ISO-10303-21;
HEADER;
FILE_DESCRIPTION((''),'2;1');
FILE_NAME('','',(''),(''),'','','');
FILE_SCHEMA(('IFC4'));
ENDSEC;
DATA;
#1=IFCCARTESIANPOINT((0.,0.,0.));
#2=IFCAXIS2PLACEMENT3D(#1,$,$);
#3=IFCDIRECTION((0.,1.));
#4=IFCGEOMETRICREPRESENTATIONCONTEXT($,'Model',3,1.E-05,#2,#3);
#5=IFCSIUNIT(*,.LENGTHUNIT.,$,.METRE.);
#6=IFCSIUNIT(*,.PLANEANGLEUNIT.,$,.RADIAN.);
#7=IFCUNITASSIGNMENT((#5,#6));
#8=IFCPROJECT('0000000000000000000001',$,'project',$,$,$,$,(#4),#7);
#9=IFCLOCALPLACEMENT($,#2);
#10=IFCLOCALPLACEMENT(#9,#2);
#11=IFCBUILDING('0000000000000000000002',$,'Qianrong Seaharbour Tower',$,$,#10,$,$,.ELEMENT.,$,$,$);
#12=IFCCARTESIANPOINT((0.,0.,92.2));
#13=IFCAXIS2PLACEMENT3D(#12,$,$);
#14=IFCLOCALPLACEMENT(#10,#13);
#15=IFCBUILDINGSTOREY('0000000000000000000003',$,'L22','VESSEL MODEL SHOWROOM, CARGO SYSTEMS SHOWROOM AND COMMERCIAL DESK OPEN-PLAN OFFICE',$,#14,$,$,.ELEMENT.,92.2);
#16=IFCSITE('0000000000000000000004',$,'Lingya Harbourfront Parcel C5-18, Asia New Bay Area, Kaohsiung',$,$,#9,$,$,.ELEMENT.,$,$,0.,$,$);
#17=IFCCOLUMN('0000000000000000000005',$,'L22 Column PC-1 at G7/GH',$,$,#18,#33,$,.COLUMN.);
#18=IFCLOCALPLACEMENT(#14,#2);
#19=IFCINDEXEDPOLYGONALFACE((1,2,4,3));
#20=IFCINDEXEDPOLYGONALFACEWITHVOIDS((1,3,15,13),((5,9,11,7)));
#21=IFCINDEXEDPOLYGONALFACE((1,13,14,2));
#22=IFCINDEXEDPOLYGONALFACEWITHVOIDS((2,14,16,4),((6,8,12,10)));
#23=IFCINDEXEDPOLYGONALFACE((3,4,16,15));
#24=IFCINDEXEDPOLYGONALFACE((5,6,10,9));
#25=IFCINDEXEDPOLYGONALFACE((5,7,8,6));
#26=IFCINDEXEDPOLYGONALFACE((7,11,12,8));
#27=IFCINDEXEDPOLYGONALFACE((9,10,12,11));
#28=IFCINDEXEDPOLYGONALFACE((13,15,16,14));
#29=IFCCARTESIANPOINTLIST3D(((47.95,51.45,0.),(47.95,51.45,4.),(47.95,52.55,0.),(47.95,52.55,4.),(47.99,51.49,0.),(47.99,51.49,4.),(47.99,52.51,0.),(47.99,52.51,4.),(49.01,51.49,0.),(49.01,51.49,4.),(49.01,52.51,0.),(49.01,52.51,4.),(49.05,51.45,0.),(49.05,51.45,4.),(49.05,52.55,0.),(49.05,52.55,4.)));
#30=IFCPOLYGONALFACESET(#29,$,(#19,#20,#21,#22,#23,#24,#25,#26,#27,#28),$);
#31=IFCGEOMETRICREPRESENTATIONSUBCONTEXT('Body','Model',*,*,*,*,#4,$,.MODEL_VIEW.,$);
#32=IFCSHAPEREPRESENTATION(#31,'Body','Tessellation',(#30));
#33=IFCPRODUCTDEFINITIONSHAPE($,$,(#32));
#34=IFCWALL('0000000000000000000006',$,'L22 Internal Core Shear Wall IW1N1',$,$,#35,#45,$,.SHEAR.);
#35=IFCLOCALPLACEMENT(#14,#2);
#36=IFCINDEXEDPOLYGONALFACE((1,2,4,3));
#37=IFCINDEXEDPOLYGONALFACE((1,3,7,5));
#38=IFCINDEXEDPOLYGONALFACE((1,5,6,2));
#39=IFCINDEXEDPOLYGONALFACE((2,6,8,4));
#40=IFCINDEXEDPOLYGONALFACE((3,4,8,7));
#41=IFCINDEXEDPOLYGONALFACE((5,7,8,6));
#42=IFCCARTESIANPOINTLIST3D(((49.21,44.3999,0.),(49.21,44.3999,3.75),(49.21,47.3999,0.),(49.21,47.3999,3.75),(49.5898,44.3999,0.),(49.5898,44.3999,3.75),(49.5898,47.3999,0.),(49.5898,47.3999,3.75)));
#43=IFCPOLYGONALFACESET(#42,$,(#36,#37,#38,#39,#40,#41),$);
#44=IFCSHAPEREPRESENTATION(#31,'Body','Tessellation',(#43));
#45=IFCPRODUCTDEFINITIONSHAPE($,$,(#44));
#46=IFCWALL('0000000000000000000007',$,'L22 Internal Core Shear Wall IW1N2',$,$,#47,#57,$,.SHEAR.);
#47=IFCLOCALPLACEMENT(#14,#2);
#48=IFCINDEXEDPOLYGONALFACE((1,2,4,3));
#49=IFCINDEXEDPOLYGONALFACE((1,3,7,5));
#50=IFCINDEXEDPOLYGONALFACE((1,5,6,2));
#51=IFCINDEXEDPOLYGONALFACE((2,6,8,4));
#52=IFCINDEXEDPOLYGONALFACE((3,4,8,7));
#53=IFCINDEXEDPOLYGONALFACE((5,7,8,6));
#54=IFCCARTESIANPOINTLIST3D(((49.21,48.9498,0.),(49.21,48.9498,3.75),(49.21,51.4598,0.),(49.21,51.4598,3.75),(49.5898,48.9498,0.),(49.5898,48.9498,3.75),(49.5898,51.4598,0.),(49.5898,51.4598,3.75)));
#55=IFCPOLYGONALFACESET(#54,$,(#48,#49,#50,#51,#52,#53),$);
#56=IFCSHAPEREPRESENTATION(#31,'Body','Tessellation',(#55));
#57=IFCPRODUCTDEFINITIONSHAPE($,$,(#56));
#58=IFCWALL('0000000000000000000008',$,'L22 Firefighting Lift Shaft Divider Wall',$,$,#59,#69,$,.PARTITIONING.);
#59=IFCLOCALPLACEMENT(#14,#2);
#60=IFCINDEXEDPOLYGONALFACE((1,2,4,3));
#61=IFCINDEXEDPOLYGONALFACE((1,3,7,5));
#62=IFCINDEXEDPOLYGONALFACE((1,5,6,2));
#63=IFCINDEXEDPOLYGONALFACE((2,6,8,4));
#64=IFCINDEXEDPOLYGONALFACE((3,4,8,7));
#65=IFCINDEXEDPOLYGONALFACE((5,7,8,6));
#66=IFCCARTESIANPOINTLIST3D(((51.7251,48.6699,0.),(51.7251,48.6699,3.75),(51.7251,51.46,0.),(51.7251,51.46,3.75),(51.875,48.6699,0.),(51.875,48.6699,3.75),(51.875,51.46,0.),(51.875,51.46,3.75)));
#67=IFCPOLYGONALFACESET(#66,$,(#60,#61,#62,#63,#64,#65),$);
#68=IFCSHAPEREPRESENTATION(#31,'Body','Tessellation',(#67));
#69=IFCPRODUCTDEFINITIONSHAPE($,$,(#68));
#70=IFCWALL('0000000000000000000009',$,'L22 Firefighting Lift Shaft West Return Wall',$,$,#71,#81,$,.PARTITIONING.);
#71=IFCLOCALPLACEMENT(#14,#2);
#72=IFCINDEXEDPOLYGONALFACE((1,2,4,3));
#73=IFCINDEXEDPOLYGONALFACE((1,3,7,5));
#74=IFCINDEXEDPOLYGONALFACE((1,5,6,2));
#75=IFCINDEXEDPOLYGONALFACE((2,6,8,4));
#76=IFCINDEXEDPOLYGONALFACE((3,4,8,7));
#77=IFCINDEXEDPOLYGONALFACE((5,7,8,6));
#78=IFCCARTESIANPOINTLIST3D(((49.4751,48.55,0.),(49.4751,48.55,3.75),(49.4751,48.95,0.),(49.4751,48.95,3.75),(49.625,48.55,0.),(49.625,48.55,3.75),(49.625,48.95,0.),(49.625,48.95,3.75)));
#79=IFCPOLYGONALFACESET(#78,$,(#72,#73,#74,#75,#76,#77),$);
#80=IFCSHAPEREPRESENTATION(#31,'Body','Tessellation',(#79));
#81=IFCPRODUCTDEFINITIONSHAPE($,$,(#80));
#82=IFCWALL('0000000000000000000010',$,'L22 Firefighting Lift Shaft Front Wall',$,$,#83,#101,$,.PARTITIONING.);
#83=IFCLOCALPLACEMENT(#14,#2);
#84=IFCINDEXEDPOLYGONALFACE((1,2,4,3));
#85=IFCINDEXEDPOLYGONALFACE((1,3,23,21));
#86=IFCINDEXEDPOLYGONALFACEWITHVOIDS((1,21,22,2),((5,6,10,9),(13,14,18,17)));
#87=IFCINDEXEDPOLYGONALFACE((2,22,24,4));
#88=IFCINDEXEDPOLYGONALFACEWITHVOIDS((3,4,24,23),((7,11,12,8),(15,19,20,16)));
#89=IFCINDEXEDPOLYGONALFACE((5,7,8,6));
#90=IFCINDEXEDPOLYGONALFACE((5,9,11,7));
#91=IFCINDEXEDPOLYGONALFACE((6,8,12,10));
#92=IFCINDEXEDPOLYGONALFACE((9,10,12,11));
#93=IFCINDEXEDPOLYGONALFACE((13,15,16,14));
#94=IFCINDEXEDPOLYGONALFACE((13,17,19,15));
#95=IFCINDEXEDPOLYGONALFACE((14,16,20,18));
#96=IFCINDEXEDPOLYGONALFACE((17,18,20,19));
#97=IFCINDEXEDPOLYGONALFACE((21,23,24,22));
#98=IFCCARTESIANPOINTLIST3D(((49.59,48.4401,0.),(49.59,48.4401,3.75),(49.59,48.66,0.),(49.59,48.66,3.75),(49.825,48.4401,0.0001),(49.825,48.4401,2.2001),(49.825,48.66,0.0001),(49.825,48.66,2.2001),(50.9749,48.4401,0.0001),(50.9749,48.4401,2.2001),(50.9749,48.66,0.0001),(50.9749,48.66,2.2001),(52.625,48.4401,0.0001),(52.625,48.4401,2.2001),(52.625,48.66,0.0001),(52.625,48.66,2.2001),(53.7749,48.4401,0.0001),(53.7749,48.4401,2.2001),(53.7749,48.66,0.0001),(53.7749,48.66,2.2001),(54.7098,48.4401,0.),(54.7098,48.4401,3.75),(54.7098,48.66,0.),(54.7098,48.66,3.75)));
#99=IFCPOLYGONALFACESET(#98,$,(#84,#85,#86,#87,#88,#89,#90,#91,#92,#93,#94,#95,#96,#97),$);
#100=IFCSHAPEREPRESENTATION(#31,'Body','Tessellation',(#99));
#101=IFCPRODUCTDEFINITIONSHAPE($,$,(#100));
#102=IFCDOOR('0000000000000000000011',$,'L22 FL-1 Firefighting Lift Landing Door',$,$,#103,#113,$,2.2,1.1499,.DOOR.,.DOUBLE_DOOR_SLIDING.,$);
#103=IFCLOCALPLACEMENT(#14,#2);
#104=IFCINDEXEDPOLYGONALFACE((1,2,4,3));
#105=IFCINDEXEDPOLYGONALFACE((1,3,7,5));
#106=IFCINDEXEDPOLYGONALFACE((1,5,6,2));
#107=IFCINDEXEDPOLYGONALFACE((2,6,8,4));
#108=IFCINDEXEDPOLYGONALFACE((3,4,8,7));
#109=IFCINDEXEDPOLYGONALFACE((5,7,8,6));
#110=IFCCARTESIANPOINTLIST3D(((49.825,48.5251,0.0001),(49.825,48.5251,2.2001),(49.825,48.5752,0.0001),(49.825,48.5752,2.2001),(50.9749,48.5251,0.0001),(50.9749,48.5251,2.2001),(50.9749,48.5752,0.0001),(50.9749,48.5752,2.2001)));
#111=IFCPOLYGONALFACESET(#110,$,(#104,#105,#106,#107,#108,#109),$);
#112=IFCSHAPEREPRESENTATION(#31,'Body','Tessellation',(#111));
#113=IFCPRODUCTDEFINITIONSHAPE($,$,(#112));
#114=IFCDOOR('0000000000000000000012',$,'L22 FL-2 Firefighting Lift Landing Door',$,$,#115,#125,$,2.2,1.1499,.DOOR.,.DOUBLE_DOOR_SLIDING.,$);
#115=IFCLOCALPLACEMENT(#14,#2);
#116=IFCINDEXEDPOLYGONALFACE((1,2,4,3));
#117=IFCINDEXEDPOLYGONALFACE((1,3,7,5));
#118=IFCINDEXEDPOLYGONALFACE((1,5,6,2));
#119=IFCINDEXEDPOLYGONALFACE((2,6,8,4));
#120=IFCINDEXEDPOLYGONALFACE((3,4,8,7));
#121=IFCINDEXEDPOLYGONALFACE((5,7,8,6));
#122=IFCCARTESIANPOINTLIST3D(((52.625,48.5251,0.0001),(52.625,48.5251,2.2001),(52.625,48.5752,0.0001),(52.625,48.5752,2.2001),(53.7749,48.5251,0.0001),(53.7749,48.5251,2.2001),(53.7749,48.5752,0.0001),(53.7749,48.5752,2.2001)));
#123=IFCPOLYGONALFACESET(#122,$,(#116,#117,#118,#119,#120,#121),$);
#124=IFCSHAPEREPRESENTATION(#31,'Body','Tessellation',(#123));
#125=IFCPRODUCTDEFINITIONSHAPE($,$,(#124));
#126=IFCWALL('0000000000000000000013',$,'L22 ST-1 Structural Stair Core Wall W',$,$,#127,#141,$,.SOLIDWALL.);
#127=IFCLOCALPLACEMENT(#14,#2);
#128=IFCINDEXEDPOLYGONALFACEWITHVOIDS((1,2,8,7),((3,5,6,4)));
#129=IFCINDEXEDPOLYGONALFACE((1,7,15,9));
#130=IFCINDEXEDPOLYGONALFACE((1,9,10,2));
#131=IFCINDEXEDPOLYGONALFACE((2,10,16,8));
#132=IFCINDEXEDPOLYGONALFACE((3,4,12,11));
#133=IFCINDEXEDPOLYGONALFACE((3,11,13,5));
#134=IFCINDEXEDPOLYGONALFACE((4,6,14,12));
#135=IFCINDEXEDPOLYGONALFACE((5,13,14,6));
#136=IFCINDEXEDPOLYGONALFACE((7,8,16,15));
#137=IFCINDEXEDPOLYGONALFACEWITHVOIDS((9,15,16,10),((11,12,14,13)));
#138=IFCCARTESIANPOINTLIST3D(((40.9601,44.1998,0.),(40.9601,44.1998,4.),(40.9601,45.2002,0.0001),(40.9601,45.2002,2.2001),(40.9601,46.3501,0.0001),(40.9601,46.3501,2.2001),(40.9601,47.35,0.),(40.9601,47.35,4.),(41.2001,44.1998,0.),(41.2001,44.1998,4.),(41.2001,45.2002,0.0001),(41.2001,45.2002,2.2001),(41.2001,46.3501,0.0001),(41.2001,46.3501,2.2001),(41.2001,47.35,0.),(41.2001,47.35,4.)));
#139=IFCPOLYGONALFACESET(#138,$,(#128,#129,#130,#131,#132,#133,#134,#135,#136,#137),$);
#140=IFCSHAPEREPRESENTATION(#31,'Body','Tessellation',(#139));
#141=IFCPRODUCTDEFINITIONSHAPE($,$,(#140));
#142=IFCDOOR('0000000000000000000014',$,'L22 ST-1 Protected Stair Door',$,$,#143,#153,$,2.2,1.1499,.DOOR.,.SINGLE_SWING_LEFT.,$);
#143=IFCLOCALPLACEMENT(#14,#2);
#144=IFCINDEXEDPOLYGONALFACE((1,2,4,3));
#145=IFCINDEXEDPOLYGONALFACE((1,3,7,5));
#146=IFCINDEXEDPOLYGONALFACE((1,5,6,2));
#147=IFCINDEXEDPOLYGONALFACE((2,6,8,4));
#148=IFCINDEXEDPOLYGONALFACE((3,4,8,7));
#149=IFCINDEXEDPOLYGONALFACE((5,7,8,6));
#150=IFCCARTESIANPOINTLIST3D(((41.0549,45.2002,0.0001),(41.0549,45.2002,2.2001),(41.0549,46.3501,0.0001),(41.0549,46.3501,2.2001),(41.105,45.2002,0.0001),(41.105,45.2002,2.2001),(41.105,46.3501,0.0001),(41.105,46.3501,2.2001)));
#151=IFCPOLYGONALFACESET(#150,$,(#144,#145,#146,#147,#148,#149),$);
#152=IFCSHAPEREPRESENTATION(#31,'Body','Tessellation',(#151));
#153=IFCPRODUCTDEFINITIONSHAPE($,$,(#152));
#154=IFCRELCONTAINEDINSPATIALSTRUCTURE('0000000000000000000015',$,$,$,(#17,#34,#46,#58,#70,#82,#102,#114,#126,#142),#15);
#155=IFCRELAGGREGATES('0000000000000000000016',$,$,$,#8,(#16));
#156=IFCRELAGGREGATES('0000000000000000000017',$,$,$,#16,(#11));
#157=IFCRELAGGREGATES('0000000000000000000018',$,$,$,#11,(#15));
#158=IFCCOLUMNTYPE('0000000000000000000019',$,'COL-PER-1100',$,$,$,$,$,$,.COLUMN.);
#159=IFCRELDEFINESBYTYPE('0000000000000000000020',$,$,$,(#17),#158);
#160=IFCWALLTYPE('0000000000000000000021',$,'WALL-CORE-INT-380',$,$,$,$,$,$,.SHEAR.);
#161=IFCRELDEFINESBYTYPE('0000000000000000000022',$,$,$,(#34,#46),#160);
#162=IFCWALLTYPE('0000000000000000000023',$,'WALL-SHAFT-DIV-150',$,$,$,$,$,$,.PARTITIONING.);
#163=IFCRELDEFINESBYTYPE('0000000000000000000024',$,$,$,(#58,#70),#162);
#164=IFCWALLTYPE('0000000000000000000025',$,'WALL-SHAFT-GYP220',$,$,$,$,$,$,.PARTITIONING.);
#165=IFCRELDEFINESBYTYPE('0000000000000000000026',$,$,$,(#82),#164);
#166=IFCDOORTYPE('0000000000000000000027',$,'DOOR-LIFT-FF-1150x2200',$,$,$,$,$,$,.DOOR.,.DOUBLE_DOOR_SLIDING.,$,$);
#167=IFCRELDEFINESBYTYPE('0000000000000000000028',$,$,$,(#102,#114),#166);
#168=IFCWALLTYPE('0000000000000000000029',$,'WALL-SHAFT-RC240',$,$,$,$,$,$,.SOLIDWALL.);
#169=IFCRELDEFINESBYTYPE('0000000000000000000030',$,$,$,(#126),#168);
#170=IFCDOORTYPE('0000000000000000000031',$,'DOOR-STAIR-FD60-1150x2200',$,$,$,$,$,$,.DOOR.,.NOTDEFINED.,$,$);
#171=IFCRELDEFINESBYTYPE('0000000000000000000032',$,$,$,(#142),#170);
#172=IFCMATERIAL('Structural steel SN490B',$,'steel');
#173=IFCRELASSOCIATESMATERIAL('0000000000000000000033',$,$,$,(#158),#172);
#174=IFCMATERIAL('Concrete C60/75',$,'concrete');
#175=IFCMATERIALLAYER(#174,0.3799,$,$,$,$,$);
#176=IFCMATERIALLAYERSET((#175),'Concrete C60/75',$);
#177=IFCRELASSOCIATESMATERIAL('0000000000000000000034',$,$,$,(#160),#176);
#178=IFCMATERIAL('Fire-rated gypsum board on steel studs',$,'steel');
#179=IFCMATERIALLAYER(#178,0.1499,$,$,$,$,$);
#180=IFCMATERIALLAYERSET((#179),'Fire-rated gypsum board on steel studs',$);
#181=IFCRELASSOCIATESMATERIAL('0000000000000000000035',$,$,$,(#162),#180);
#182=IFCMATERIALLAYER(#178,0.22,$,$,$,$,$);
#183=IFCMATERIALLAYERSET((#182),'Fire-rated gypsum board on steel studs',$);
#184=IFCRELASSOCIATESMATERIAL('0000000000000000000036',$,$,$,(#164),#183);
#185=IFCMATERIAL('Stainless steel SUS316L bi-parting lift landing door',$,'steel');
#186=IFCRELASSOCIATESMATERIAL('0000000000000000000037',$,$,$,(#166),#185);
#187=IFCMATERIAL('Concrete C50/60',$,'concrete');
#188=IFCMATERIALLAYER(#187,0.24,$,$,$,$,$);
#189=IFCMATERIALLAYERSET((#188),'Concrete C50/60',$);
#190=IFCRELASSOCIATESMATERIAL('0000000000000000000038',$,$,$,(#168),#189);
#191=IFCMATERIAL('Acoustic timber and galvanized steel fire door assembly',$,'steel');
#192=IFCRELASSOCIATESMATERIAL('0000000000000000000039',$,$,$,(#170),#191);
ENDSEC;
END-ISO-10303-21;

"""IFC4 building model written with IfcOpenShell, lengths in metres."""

from ifc_helpers import new_model, si_unit, direction, frame, frame_2d, origin, origin_2d, place, context, subcontext, project, spatial, rectangle, hollow_rectangle, extrude, material, layer, layer_set, material_profile, profile_set, type_object, element, fill, save


model = new_model("IFC4")

# Units and contexts
model_context = context("Model", 3, precision=1e-05, world=origin(), true_north=direction((0.0, 1.0)))
body_context = subcontext(model_context, "Body", "Model", "MODEL_VIEW")
ifc_project = project(units=[si_unit("LENGTHUNIT", "METRE"), si_unit("PLANEANGLEUNIT", "RADIAN")], contexts=[model_context])

# Site, building, storey
site_placement = place(None, origin())
site = spatial("IfcSite", under=ifc_project, at=site_placement, Name="Lingya Harbourfront Parcel C5-18, Asia New Bay Area, Kaohsiung", CompositionType="ELEMENT", RefElevation=0.0)
building_placement = place(site_placement, origin())
building = spatial("IfcBuilding", under=site, at=building_placement, Name="Qianrong Seaharbour Tower", CompositionType="ELEMENT")
storey_placement = place(building_placement, frame((0.0, 0.0, 92.2)))
storey = spatial("IfcBuildingStorey", under=building, at=storey_placement, Name="L22", Description="VESSEL MODEL SHOWROOM, CARGO SYSTEMS SHOWROOM AND COMMERCIAL DESK OPEN-PLAN OFFICE", CompositionType="ELEMENT", Elevation=92.2)

# Column
ifc_material_1 = material(Name="Structural steel SN490B", Category="steel")
ifc_material_profile = material_profile(ifc_material_1, hollow_rectangle(XDim=1.1001, YDim=1.1001, WallThickness=0.04, at=origin_2d()), Name="BOX1100x1100x40")
ifc_profile_set = profile_set([ifc_material_profile], Name="Structural steel SN490B")
column_type = type_object("IfcColumnType", Name="COL-PER-1100", PredefinedType="COLUMN", material=ifc_profile_set)
column_placement = place(storey_placement, frame((48.5, 52.0, 0.0), z_axis=(0.0, 0.0, 1.0), x_axis=(1.0, 0.0, 0.0)))
element("IfcColumn", 1, at=column_placement, inside=storey, type_object=column_type, Name="L22 Column PC-1 at G7/GH", PredefinedType="COLUMN", context=body_context, shape_type="SweptSolid", body=[
    extrude(hollow_rectangle(XDim=1.1001, YDim=1.1001, WallThickness=0.04, at=origin_2d()), origin(), (0.0, 0.0, 1.0), 4.0),
])

# Walls
ifc_material_2 = material(Name="Concrete C60/75", Category="concrete")
ifc_layer_1 = layer(ifc_material_2, 0.3799)
ifc_layer_set_1 = layer_set([ifc_layer_1], Name="Concrete C60/75")
wall_type_1 = type_object("IfcWallType", Name="WALL-CORE-INT-380", PredefinedType="SHEAR", material=ifc_layer_set_1)
wall_1_placement = place(storey_placement, frame((49.3999, 44.3999, 0.0), z_axis=(0.0, 0.0, 1.0), x_axis=(0.0, 1.0, 0.0)))
element("IfcWall", 2, at=wall_1_placement, inside=storey, type_object=wall_type_1, Name="L22 Internal Core Shear Wall IW1N1", PredefinedType="SHEAR", context=body_context, shape_type="SweptSolid", body=[
    extrude(rectangle(XDim=3.0, YDim=0.3799, at=frame_2d((1.5, 0.0))), origin(), (0.0, 0.0, 1.0), 3.75),
])
wall_2_placement = place(storey_placement, frame((49.3999, 48.95, 0.0), z_axis=(0.0, 0.0, 1.0), x_axis=(0.0, 1.0, 0.0)))
element("IfcWall", 3, at=wall_2_placement, inside=storey, type_object=wall_type_1, Name="L22 Internal Core Shear Wall IW1N2", PredefinedType="SHEAR", context=body_context, shape_type="SweptSolid", body=[
    extrude(rectangle(XDim=2.51, YDim=0.3799, at=frame_2d((1.2549, 0.0))), origin(), (0.0, 0.0, 1.0), 3.75),
])

# Shared definitions
ifc_material_3 = material(Name="Acoustic timber and galvanized steel fire door assembly", Category="steel")

# Walls
ifc_material_4 = material(Name="Fire-rated gypsum board on steel studs", Category="steel")
ifc_layer_2 = layer(ifc_material_4, 0.1499)
ifc_layer_set_2 = layer_set([ifc_layer_2], Name="Fire-rated gypsum board on steel studs")
wall_type_2 = type_object("IfcWallType", Name="WALL-SHAFT-DIV-150", PredefinedType="PARTITIONING", material=ifc_layer_set_2)
wall_3_placement = place(storey_placement, frame((51.8, 48.6699, 0.0), z_axis=(0.0, 0.0, 1.0), x_axis=(0.0, 1.0, 0.0)))
element("IfcWall", 4, at=wall_3_placement, inside=storey, type_object=wall_type_2, Name="L22 Firefighting Lift Shaft Divider Wall", PredefinedType="PARTITIONING", context=body_context, shape_type="SweptSolid", body=[
    extrude(rectangle(XDim=2.79, YDim=0.1499, at=frame_2d((1.395, 0.0))), origin(), (0.0, 0.0, 1.0), 3.75),
])
wall_4_placement = place(storey_placement, frame((49.55, 48.55, 0.0), z_axis=(0.0, 0.0, 1.0), x_axis=(0.0, 1.0, 0.0)))
element("IfcWall", 5, at=wall_4_placement, inside=storey, type_object=wall_type_2, Name="L22 Firefighting Lift Shaft West Return Wall", PredefinedType="PARTITIONING", context=body_context, shape_type="SweptSolid", body=[
    extrude(rectangle(XDim=0.3999, YDim=0.1499, at=frame_2d((0.2, 0.0))), origin(), (0.0, 0.0, 1.0), 3.75),
])

# Wall, openings, doors
ifc_layer_3 = layer(ifc_material_4, 0.22)
ifc_layer_set_3 = layer_set([ifc_layer_3], Name="Fire-rated gypsum board on steel studs")
wall_type_3 = type_object("IfcWallType", Name="WALL-SHAFT-GYP220", PredefinedType="PARTITIONING", material=ifc_layer_set_3)
wall_5_placement = place(storey_placement, frame((54.71, 48.55, 0.0), z_axis=(0.0, 0.0, 1.0), x_axis=(-1.0, 0.0, 0.0)))
wall_5 = element("IfcWall", 6, at=wall_5_placement, inside=storey, type_object=wall_type_3, Name="L22 Firefighting Lift Shaft Front Wall", PredefinedType="PARTITIONING", context=body_context, shape_type="SweptSolid", body=[
    extrude(rectangle(XDim=5.1199, YDim=0.22, at=frame_2d((2.5601, 0.0))), origin(), (0.0, 0.0, 1.0), 3.75),
])
opening_1_placement = place(wall_5_placement, frame((3.7351, 0.0, 0.0)))
opening_1 = element("IfcOpeningElement", 7, at=opening_1_placement, cuts=wall_5, PredefinedType="OPENING", context=body_context, shape_type="SweptSolid", body=[
    extrude(rectangle(XDim=1.1499, YDim=2.2, at=frame_2d((0.575, 1.1001))), frame((0.0, 0.1201, 0.0), z_axis=(0.0, -1.0, 0.0), x_axis=(1.0, 0.0, 0.0)), (0.0, 0.0, 1.0), 0.24),
])
opening_2_placement = place(wall_5_placement, frame((0.9351, 0.0, 0.0)))
opening_2 = element("IfcOpeningElement", 8, at=opening_2_placement, cuts=wall_5, PredefinedType="OPENING", context=body_context, shape_type="SweptSolid", body=[
    extrude(rectangle(XDim=1.1499, YDim=2.2, at=frame_2d((0.575, 1.1001))), frame((0.0, 0.1201, 0.0), z_axis=(0.0, -1.0, 0.0), x_axis=(1.0, 0.0, 0.0)), (0.0, 0.0, 1.0), 0.24),
])
ifc_material_5 = material(Name="Stainless steel SUS316L bi-parting lift landing door", Category="steel")
door_type_1 = type_object("IfcDoorType", Name="DOOR-LIFT-FF-1150x2200", OperationType="DOUBLE_DOOR_SLIDING", PredefinedType="DOOR", material=ifc_material_5)
door_1_placement = place(opening_1_placement, origin())
door_1 = element("IfcDoor", 9, at=door_1_placement, inside=storey, type_object=door_type_1, Name="L22 FL-1 Firefighting Lift Landing Door", OperationType="DOUBLE_DOOR_SLIDING", OverallHeight=2.2, OverallWidth=1.1499, PredefinedType="DOOR", context=body_context, shape_type="SweptSolid", body=[
    extrude(rectangle(XDim=1.1499, YDim=2.2, at=frame_2d((0.575, 1.1001))), frame((0.0, 0.0249, 0.0), z_axis=(0.0, -1.0, 0.0), x_axis=(1.0, 0.0, 0.0)), (0.0, 0.0, 1.0), 0.05),
])
fill(opening_1, door_1)
door_2_placement = place(opening_2_placement, origin())
door_2 = element("IfcDoor", 10, at=door_2_placement, inside=storey, type_object=door_type_1, Name="L22 FL-2 Firefighting Lift Landing Door", OperationType="DOUBLE_DOOR_SLIDING", OverallHeight=2.2, OverallWidth=1.1499, PredefinedType="DOOR", context=body_context, shape_type="SweptSolid", body=[
    extrude(rectangle(XDim=1.1499, YDim=2.2, at=frame_2d((0.575, 1.1001))), frame((0.0, 0.0249, 0.0), z_axis=(0.0, -1.0, 0.0), x_axis=(1.0, 0.0, 0.0)), (0.0, 0.0, 1.0), 0.05),
])
fill(opening_2, door_2)

# Wall, opening, door
ifc_material_6 = material(Name="Concrete C50/60", Category="concrete")
ifc_layer_4 = layer(ifc_material_6, 0.24)
ifc_layer_set_4 = layer_set([ifc_layer_4], Name="Concrete C50/60")
wall_type_4 = type_object("IfcWallType", Name="WALL-SHAFT-RC240", PredefinedType="SOLIDWALL", material=ifc_layer_set_4)
wall_6_placement = place(storey_placement, frame((41.0801, 47.3501, 0.0), z_axis=(0.0, 0.0, 1.0), x_axis=(0.0, -1.0, 0.0)))
wall_6 = element("IfcWall", 11, at=wall_6_placement, inside=storey, type_object=wall_type_4, Name="L22 ST-1 Structural Stair Core Wall W", PredefinedType="SOLIDWALL", context=body_context, shape_type="SweptSolid", body=[
    extrude(rectangle(XDim=3.1501, YDim=0.24, at=frame_2d((1.5752, 0.0))), origin(), (0.0, 0.0, 1.0), 4.0),
])
opening_3_placement = place(wall_6_placement, frame((1.0, 0.0, 0.0)))
opening_3 = element("IfcOpeningElement", 12, at=opening_3_placement, cuts=wall_6, PredefinedType="OPENING", context=body_context, shape_type="SweptSolid", body=[
    extrude(rectangle(XDim=1.1499, YDim=2.2, at=frame_2d((0.575, 1.1001))), frame((0.0, 0.1299, 0.0), z_axis=(0.0, -1.0, 0.0), x_axis=(1.0, 0.0, 0.0)), (0.0, 0.0, 1.0), 0.26),
])
door_type_2 = type_object("IfcDoorType", Name="DOOR-STAIR-FD60-1150x2200", OperationType="NOTDEFINED", PredefinedType="DOOR", material=ifc_material_3)
door_3_placement = place(opening_3_placement, origin())
door_3 = element("IfcDoor", 13, at=door_3_placement, inside=storey, type_object=door_type_2, Name="L22 ST-1 Protected Stair Door", OperationType="SINGLE_SWING_LEFT", OverallHeight=2.2, OverallWidth=1.1499, PredefinedType="DOOR", context=body_context, shape_type="SweptSolid", body=[
    extrude(rectangle(XDim=1.1499, YDim=2.2, at=frame_2d((0.575, 1.1001))), frame((0.0, 0.0249, 0.0), z_axis=(0.0, -1.0, 0.0), x_axis=(1.0, 0.0, 0.0)), (0.0, 0.0, 1.0), 0.05),
])
fill(opening_3, door_3)

save(model, "model.ifc")
